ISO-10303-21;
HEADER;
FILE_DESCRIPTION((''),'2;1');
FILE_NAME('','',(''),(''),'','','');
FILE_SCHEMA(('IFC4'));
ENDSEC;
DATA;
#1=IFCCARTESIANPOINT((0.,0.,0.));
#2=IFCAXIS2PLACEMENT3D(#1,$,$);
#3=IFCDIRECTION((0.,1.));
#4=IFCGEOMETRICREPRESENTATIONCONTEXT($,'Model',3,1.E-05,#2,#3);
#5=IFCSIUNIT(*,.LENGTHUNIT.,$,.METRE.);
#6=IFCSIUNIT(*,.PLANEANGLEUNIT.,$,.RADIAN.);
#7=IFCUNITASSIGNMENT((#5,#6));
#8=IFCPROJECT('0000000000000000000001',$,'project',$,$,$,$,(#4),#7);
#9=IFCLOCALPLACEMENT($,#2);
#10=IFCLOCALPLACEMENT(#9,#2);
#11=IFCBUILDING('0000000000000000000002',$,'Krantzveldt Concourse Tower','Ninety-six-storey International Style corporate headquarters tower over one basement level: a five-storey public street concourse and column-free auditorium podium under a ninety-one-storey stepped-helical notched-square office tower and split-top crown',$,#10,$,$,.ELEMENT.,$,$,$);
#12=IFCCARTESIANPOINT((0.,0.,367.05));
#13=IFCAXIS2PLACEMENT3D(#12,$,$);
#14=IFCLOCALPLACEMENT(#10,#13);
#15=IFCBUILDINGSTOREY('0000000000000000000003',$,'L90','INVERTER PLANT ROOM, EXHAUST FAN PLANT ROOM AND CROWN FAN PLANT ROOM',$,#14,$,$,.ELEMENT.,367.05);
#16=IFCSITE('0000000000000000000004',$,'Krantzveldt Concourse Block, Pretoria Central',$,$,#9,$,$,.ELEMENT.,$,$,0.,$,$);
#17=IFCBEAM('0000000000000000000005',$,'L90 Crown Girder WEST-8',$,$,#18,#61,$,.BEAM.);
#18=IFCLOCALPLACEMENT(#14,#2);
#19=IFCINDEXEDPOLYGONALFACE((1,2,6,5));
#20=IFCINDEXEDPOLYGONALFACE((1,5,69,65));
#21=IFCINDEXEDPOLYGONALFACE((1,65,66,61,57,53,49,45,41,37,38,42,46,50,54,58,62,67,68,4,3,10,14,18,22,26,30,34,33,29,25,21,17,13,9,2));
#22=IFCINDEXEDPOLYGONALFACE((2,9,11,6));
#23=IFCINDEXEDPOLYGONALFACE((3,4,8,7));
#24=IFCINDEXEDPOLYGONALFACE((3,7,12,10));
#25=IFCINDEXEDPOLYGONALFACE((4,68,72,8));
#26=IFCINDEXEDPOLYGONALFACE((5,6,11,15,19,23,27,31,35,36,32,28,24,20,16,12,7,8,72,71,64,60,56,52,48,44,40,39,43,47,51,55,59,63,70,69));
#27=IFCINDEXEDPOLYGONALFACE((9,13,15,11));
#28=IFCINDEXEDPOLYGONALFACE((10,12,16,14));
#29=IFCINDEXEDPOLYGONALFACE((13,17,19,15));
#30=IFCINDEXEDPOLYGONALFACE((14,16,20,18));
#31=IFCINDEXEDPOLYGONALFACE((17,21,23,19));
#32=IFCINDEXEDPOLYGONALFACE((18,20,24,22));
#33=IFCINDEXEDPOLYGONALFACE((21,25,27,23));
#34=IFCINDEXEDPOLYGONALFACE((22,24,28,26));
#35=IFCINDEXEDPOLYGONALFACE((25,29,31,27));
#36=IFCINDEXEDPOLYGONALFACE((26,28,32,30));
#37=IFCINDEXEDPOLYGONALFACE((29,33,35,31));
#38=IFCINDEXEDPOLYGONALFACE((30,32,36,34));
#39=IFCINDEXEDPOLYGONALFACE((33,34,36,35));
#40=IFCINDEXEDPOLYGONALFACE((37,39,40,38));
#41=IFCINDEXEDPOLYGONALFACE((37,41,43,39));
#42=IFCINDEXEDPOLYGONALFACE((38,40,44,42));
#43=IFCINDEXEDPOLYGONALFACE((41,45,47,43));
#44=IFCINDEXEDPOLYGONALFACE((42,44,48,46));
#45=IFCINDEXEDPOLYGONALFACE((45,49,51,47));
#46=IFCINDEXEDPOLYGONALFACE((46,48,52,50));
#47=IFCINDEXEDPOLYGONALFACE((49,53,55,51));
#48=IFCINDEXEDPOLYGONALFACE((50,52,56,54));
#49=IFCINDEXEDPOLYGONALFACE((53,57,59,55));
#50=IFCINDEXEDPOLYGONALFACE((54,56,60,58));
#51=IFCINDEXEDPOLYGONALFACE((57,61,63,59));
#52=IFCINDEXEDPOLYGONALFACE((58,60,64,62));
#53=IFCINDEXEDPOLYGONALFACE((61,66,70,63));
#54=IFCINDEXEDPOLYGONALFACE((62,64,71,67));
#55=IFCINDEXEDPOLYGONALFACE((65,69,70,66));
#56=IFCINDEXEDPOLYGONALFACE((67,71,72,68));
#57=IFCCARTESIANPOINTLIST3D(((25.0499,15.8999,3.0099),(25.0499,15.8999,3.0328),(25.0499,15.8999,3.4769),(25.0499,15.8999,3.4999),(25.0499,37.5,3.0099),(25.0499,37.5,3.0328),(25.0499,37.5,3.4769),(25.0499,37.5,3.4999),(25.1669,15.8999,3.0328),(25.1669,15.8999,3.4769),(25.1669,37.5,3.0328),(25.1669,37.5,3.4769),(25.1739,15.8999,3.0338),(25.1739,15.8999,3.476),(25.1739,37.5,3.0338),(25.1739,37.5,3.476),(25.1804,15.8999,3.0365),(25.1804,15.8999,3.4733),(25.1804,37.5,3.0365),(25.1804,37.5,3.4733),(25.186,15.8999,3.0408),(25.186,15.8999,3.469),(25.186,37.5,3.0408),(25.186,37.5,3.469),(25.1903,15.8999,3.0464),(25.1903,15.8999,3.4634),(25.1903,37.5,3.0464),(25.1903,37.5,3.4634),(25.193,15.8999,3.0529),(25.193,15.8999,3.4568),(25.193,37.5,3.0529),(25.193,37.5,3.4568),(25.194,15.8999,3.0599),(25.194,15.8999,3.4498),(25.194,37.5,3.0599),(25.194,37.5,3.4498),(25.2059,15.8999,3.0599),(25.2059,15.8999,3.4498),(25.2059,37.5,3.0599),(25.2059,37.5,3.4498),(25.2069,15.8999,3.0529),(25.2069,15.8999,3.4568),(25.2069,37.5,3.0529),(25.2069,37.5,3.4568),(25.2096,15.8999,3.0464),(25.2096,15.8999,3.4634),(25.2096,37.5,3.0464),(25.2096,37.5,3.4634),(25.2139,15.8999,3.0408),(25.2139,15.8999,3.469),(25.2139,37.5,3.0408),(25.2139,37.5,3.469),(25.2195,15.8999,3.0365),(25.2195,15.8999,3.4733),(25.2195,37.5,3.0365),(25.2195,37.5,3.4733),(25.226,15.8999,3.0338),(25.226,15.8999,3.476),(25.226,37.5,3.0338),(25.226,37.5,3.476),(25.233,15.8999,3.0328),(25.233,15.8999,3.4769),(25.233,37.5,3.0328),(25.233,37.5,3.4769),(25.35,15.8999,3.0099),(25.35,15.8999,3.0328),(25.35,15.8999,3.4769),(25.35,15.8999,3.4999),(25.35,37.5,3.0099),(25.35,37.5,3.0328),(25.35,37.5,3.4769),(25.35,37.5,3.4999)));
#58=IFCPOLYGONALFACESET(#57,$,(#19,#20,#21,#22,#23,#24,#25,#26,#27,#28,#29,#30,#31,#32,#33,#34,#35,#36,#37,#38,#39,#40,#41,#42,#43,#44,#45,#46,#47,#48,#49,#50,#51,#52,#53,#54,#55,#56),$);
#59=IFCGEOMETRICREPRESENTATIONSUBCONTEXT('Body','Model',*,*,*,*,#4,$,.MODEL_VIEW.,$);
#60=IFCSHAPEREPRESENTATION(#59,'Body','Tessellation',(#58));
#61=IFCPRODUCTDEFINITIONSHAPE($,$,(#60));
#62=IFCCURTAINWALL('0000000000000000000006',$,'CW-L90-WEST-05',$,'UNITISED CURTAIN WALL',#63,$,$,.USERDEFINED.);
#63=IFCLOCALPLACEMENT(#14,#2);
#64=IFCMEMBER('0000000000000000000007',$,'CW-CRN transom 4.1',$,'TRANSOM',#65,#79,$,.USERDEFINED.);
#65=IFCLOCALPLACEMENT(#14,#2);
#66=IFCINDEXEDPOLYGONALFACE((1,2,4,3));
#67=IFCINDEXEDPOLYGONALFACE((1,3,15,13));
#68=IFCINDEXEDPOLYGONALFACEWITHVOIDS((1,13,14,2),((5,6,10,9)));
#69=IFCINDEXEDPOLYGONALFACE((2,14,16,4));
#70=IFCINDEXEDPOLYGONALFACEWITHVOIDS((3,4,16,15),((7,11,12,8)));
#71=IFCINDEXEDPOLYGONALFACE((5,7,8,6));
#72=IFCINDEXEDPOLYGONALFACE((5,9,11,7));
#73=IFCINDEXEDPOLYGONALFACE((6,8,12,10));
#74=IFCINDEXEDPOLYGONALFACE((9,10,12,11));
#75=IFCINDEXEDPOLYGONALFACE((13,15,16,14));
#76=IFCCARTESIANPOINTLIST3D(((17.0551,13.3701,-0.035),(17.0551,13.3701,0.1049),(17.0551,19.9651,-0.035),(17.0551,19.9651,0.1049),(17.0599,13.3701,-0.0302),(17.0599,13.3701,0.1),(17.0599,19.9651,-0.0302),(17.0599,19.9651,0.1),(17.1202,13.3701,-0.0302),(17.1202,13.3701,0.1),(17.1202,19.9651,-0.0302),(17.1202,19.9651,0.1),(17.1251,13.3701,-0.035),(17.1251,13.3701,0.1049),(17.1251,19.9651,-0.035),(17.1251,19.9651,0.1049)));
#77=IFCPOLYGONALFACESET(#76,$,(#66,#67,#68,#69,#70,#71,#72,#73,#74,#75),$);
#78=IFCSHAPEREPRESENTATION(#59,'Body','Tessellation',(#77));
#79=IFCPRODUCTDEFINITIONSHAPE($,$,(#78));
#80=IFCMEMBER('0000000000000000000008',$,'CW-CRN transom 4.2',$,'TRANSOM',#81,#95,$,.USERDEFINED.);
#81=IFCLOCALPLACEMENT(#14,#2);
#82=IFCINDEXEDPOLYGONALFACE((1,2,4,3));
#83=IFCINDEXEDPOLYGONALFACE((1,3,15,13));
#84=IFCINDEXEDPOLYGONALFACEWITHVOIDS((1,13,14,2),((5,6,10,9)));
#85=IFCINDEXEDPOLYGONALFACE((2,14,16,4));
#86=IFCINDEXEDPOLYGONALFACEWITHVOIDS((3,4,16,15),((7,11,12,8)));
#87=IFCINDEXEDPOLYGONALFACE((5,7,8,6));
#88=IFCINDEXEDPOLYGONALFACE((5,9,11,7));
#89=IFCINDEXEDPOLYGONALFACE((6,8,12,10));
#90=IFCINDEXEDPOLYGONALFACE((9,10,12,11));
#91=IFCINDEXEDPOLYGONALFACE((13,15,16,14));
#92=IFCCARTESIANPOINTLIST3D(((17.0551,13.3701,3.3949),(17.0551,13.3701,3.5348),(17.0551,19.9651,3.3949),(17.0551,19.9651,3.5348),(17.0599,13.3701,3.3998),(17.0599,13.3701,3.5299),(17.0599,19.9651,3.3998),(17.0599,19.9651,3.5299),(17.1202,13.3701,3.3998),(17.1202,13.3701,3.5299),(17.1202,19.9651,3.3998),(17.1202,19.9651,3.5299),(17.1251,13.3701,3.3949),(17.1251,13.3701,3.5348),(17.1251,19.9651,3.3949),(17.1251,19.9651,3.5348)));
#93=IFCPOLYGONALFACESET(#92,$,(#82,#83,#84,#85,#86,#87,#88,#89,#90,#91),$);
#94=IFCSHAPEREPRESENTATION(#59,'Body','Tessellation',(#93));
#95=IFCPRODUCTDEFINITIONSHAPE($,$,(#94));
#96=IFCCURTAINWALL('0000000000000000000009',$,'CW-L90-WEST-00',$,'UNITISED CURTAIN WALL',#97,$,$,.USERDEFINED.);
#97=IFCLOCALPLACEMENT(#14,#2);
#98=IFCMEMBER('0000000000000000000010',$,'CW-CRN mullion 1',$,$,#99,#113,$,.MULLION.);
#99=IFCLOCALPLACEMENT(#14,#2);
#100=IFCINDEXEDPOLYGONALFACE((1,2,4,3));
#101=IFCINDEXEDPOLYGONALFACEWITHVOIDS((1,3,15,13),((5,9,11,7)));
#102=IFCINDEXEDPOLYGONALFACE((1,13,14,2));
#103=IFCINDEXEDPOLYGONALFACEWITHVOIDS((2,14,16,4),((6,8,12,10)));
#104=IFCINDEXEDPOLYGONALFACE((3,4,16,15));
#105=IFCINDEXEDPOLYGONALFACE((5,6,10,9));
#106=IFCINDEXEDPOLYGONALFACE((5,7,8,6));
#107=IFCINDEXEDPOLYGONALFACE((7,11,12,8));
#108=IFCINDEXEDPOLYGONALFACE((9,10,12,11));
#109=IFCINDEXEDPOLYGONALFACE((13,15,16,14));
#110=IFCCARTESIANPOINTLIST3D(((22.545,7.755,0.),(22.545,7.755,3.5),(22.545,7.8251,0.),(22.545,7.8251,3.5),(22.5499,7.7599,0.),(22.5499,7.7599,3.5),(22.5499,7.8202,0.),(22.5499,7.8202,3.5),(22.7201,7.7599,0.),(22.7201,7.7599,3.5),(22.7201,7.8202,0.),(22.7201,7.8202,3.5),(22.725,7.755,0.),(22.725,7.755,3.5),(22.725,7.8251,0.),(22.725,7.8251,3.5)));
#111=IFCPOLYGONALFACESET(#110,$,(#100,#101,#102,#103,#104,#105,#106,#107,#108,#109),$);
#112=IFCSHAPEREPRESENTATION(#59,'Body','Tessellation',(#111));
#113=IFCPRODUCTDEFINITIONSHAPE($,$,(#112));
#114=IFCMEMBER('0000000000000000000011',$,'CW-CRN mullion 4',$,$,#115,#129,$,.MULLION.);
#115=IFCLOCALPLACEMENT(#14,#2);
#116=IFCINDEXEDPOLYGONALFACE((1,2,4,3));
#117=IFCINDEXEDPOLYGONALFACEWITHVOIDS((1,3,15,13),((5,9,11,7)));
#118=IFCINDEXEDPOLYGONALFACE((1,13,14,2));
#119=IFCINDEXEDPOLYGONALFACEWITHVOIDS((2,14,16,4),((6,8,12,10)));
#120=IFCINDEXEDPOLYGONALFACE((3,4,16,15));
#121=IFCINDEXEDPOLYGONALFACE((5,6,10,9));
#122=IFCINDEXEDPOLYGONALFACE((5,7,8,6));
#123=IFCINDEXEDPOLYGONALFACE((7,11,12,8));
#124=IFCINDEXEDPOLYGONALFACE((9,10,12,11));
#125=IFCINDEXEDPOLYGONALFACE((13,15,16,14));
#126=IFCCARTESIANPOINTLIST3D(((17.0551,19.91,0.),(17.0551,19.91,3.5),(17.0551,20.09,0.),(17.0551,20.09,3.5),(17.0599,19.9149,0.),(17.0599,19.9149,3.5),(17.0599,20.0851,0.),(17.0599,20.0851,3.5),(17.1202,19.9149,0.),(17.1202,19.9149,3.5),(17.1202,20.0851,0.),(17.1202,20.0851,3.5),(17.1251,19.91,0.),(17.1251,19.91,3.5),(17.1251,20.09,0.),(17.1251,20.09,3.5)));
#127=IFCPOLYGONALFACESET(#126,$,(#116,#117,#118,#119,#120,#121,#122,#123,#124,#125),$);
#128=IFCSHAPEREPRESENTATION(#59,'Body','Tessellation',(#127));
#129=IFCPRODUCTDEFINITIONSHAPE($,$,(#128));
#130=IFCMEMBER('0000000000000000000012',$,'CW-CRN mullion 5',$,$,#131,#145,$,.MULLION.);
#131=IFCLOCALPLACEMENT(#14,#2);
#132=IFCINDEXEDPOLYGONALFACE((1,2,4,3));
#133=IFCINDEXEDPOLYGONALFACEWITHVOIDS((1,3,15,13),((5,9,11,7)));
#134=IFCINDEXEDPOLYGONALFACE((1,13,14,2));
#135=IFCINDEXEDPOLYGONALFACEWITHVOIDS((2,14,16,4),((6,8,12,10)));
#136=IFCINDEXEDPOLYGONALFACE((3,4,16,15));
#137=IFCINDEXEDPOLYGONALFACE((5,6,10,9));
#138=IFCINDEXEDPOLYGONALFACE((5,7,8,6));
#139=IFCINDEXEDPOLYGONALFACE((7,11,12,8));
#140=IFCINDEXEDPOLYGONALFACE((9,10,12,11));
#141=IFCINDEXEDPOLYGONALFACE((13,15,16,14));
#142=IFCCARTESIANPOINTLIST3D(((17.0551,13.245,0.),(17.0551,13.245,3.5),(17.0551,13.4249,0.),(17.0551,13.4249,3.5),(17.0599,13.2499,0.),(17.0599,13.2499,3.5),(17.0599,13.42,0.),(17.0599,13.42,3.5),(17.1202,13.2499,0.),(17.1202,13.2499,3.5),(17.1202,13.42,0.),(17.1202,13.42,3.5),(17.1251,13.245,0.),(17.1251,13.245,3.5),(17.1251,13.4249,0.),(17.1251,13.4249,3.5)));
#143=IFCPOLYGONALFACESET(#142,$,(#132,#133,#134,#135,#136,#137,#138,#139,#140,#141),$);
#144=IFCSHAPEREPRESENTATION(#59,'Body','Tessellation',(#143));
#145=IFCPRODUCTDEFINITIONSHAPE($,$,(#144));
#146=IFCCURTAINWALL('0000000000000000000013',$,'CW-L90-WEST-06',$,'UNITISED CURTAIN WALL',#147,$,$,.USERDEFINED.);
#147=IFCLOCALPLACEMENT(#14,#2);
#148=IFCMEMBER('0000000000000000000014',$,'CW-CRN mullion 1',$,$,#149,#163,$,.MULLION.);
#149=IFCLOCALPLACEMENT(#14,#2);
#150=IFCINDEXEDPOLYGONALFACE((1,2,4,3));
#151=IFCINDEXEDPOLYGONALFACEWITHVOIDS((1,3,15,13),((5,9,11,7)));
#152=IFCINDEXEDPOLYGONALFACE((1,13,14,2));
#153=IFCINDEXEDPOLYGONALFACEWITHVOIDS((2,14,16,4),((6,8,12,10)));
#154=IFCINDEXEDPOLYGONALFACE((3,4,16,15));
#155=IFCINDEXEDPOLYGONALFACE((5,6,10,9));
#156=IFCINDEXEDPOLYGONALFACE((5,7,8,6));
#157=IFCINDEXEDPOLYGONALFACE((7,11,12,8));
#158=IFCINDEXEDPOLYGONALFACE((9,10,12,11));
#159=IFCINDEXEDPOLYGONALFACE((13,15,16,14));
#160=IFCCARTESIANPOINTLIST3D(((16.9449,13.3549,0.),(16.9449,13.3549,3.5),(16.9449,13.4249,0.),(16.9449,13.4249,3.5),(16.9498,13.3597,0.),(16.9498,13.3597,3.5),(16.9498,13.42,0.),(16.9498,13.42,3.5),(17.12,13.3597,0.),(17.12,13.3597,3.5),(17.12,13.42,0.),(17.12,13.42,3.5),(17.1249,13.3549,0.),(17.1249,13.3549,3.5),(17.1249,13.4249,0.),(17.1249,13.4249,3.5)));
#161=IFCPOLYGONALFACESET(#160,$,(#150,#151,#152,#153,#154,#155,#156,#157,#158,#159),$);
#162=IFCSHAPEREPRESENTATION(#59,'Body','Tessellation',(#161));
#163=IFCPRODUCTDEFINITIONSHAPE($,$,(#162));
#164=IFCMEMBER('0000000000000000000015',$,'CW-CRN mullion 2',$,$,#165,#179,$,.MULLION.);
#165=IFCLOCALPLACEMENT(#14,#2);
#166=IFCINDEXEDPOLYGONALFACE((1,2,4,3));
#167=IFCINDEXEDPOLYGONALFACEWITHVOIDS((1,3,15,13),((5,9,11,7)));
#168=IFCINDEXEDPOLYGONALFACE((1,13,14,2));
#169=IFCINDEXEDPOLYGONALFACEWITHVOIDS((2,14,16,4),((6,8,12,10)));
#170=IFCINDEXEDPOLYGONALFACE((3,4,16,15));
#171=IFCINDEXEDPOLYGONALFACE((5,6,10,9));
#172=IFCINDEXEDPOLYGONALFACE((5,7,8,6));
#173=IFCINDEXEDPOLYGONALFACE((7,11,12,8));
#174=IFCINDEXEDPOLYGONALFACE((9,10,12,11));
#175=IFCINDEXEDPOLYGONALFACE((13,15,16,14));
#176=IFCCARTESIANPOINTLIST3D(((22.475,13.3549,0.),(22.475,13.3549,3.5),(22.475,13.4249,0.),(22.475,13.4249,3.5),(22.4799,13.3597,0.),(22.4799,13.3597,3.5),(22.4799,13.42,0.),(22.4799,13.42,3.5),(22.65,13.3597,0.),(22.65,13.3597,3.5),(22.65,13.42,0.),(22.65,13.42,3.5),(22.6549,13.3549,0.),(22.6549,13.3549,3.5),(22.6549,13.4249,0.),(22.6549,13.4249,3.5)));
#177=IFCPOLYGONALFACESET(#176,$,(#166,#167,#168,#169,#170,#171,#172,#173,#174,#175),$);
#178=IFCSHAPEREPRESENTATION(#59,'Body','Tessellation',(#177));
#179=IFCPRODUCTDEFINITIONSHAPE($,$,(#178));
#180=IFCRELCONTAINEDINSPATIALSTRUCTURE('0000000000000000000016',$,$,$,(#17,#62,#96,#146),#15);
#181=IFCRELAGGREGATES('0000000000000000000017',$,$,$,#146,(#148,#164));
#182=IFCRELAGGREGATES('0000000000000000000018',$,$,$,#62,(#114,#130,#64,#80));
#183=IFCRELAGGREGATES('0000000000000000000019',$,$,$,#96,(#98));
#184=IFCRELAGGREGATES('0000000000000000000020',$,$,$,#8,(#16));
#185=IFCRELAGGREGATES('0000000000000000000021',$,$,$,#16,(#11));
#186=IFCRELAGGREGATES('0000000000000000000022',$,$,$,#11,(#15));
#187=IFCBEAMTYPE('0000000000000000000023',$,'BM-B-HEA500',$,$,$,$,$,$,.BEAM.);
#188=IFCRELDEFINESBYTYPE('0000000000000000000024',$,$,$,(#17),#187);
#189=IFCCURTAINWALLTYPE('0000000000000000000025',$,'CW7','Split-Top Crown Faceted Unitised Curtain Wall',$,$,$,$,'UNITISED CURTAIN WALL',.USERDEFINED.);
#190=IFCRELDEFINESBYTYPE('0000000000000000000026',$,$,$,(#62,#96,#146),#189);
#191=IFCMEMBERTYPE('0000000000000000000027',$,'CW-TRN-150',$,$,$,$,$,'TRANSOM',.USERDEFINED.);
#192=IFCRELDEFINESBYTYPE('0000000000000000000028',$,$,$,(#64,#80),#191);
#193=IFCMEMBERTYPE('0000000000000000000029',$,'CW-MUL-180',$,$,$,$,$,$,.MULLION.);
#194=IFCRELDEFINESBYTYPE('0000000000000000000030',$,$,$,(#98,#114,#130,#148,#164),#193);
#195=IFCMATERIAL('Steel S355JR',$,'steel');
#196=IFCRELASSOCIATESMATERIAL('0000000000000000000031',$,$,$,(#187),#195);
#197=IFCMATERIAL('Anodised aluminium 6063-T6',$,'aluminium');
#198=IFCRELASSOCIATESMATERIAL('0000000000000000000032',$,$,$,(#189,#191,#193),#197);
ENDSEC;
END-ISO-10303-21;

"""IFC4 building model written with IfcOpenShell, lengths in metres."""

from ifc_helpers import new_model, si_unit, direction, frame, origin, origin_2d, place, context, subcontext, project, spatial, hollow_rectangle, i_section, extrude, source, transform, mapped, material, material_profile, profile_set, type_object, type_shapes, element, aggregate, save


model = new_model("IFC4")

# Units and contexts
model_context = context("Model", 3, precision=1e-05, world=origin(), true_north=direction((0.0, 1.0)))
body_context = subcontext(model_context, "Body", "Model", "MODEL_VIEW")
ifc_project = project(units=[si_unit("LENGTHUNIT", "METRE"), si_unit("PLANEANGLEUNIT", "RADIAN")], contexts=[model_context])

# Site, building, storey
site_placement = place(None, origin())
site = spatial("IfcSite", under=ifc_project, at=site_placement, Name="Krantzveldt Concourse Block, Pretoria Central", CompositionType="ELEMENT", RefElevation=0.0)
building_placement = place(site_placement, origin())
building = spatial("IfcBuilding", under=site, at=building_placement, Name="Krantzveldt Concourse Tower", Description="Ninety-six-storey International Style corporate headquarters tower over one basement level: a five-storey public street concourse and column-free auditorium podium under a ninety-one-storey stepped-helical notched-square office tower and split-top crown", CompositionType="ELEMENT")
storey_placement = place(building_placement, frame((0.0, 0.0, 367.05)))
storey = spatial("IfcBuildingStorey", under=building, at=storey_placement, Name="L90", Description="INVERTER PLANT ROOM, EXHAUST FAN PLANT ROOM AND CROWN FAN PLANT ROOM", CompositionType="ELEMENT", Elevation=367.05)

# Beam
ifc_material_1 = material(Name="Steel S355JR", Category="steel")
ifc_material_profile_1 = material_profile(ifc_material_1, i_section(OverallWidth=0.3, OverallDepth=0.49, WebThickness=0.012, FlangeThickness=0.0229, FilletRadius=0.0271, at=origin_2d()), Name="Steel S355JR", Category="steel")
ifc_profile_set_1 = profile_set([ifc_material_profile_1], Name="Steel S355JR - HEA 500")
beam_type = type_object("IfcBeamType", Name="BM-B-HEA500", PredefinedType="BEAM", material=ifc_profile_set_1)
shared_shape_1 = source(origin(), body_context, "Body", "SweptSolid", [
    extrude(i_section(OverallWidth=0.3, OverallDepth=0.49, WebThickness=0.012, FlangeThickness=0.0229, FilletRadius=0.0271, at=origin_2d()), origin(), (0.0, 0.0, 1.0), 21.6001),
])
beam_1_placement = place(storey_placement, frame((25.2, 15.8999, 3.2549), z_axis=(0.0, 1.0, 0.0), x_axis=(-1.0, 0.0, 0.0)))
element("IfcBeam", 1, at=beam_1_placement, inside=storey, type_object=beam_type, Name="L90 Crown Girder WEST-8", PredefinedType="BEAM", context=body_context, shape_type="MappedRepresentation", body=[
    mapped(shared_shape_1, transform((0.0, 0.0, 0.0), x_axis=(1.0, 0.0, 0.0), y_axis=(0.0, 1.0, 0.0), z_axis=(0.0, 0.0, 1.0), scale=1.0)),
])

# Curtain wall, members
ifc_material_2 = material(Name="Anodised aluminium 6063-T6", Category="aluminium")
curtain_wall_type = type_object("IfcCurtainWallType", Name="CW7", Description="Split-Top Crown Faceted Unitised Curtain Wall", ElementType="UNITISED CURTAIN WALL", PredefinedType="USERDEFINED", material=ifc_material_2)
curtain_wall_1_placement = place(storey_placement, origin())
curtain_wall_1 = element("IfcCurtainWall", 2, at=curtain_wall_1_placement, inside=storey, type_object=curtain_wall_type, Name="CW-L90-WEST-05", ObjectType="UNITISED CURTAIN WALL", PredefinedType="USERDEFINED")
ifc_material_profile_2 = material_profile(ifc_material_2, hollow_rectangle(XDim=0.0701, YDim=0.1399, WallThickness=0.0049, at=origin_2d()), Name="Anodised aluminium 6063-T6", Category="aluminium")
ifc_profile_set_2 = profile_set([ifc_material_profile_2], Name="Anodised aluminium 6063-T6 - ALU-TRAN 140x70x5")
member_type_1 = type_object("IfcMemberType", Name="CW-TRN-150", ElementType="TRANSOM", PredefinedType="USERDEFINED", material=ifc_profile_set_2)
shared_shape_2 = source(origin(), body_context, "Body", "SweptSolid", [
    extrude(hollow_rectangle(XDim=0.0701, YDim=0.1399, WallThickness=0.0049, at=origin_2d()), origin(), (0.0, 0.0, 1.0), 6.595),
])
member_1_placement = place(storey_placement, frame((17.0901, 19.9651, 0.0349), z_axis=(0.0, -1.0, 0.0), x_axis=(1.0, 0.0, 0.0)))
member_1 = element("IfcMember", 3, at=member_1_placement, type_object=member_type_1, Name="CW-CRN transom 4.1", ObjectType="TRANSOM", PredefinedType="USERDEFINED", context=body_context, shape_type="MappedRepresentation", body=[
    mapped(shared_shape_2, transform((0.0, 0.0, 0.0), x_axis=(1.0, 0.0, 0.0), y_axis=(0.0, 1.0, 0.0), z_axis=(0.0, 0.0, 1.0), scale=1.0)),
])
member_2_placement = place(storey_placement, frame((17.0901, 19.9651, 3.4648), z_axis=(0.0, -1.0, 0.0), x_axis=(1.0, 0.0, 0.0)))
member_2 = element("IfcMember", 4, at=member_2_placement, type_object=member_type_1, Name="CW-CRN transom 4.2", ObjectType="TRANSOM", PredefinedType="USERDEFINED", context=body_context, shape_type="MappedRepresentation", body=[
    mapped(shared_shape_2, transform((0.0, 0.0, 0.0), x_axis=(1.0, 0.0, 0.0), y_axis=(0.0, 1.0, 0.0), z_axis=(0.0, 0.0, 1.0), scale=1.0)),
])

# Curtain wall, member
curtain_wall_2_placement = place(storey_placement, origin())
curtain_wall_2 = element("IfcCurtainWall", 5, at=curtain_wall_2_placement, inside=storey, type_object=curtain_wall_type, Name="CW-L90-WEST-00", ObjectType="UNITISED CURTAIN WALL", PredefinedType="USERDEFINED")
ifc_material_profile_3 = material_profile(ifc_material_2, hollow_rectangle(XDim=0.0701, YDim=0.1799, WallThickness=0.0049, at=origin_2d()), Name="Anodised aluminium 6063-T6", Category="aluminium")
ifc_profile_set_3 = profile_set([ifc_material_profile_3], Name="Anodised aluminium 6063-T6 - ALU-MULL 180x70x5")
member_type_2 = type_object("IfcMemberType", Name="CW-MUL-180", PredefinedType="MULLION", material=ifc_profile_set_3)
shared_shape_3 = source(origin(), body_context, "Body", "SweptSolid", [
    extrude(hollow_rectangle(XDim=0.0701, YDim=0.1799, WallThickness=0.0049, at=origin_2d()), origin(), (0.0, 0.0, 1.0), 3.5),
])
type_shapes(member_type_2, [shared_shape_3])
member_3_placement = place(storey_placement, frame((22.635, 7.79, 0.0), z_axis=(0.0, 0.0, 1.0), x_axis=(0.0, 1.0, 0.0)))
member_3 = element("IfcMember", 6, at=member_3_placement, type_object=member_type_2, Name="CW-CRN mullion 1", PredefinedType="MULLION", context=body_context, shape_type="MappedRepresentation", body=[
    mapped(shared_shape_3, transform((0.0, 0.0, 0.0), x_axis=(1.0, 0.0, 0.0), y_axis=(0.0, 1.0, 0.0), z_axis=(0.0, 0.0, 1.0), scale=1.0)),
])

# Members
member_4_placement = place(storey_placement, frame((17.0901, 20.0, 0.0), z_axis=(0.0, 0.0, 1.0), x_axis=(1.0, 0.0, 0.0)))
member_4 = element("IfcMember", 7, at=member_4_placement, type_object=member_type_2, Name="CW-CRN mullion 4", PredefinedType="MULLION", context=body_context, shape_type="MappedRepresentation", body=[
    mapped(shared_shape_3, transform((0.0, 0.0, 0.0), x_axis=(1.0, 0.0, 0.0), y_axis=(0.0, 1.0, 0.0), z_axis=(0.0, 0.0, 1.0), scale=1.0)),
])
member_5_placement = place(storey_placement, frame((17.0901, 13.335, 0.0), z_axis=(0.0, 0.0, 1.0), x_axis=(1.0, 0.0, 0.0)))
member_5 = element("IfcMember", 8, at=member_5_placement, type_object=member_type_2, Name="CW-CRN mullion 5", PredefinedType="MULLION", context=body_context, shape_type="MappedRepresentation", body=[
    mapped(shared_shape_3, transform((0.0, 0.0, 0.0), x_axis=(1.0, 0.0, 0.0), y_axis=(0.0, 1.0, 0.0), z_axis=(0.0, 0.0, 1.0), scale=1.0)),
])

# Curtain wall, members
curtain_wall_3_placement = place(storey_placement, origin())
curtain_wall_3 = element("IfcCurtainWall", 9, at=curtain_wall_3_placement, inside=storey, type_object=curtain_wall_type, Name="CW-L90-WEST-06", ObjectType="UNITISED CURTAIN WALL", PredefinedType="USERDEFINED")
member_6_placement = place(storey_placement, frame((17.0349, 13.3899, 0.0), z_axis=(0.0, 0.0, 1.0), x_axis=(0.0, 1.0, 0.0)))
member_6 = element("IfcMember", 10, at=member_6_placement, type_object=member_type_2, Name="CW-CRN mullion 1", PredefinedType="MULLION", context=body_context, shape_type="MappedRepresentation", body=[
    mapped(shared_shape_3, transform((0.0, 0.0, 0.0), x_axis=(1.0, 0.0, 0.0), y_axis=(0.0, 1.0, 0.0), z_axis=(0.0, 0.0, 1.0), scale=1.0)),
])
member_7_placement = place(storey_placement, frame((22.5649, 13.3899, 0.0), z_axis=(0.0, 0.0, 1.0), x_axis=(0.0, 1.0, 0.0)))
member_7 = element("IfcMember", 11, at=member_7_placement, type_object=member_type_2, Name="CW-CRN mullion 2", PredefinedType="MULLION", context=body_context, shape_type="MappedRepresentation", body=[
    mapped(shared_shape_3, transform((0.0, 0.0, 0.0), x_axis=(1.0, 0.0, 0.0), y_axis=(0.0, 1.0, 0.0), z_axis=(0.0, 0.0, 1.0), scale=1.0)),
])

aggregate(curtain_wall_3, [member_6, member_7])
aggregate(curtain_wall_1, [member_4, member_5, member_1, member_2])
aggregate(curtain_wall_2, [member_3])

save(model, "model.ifc")
